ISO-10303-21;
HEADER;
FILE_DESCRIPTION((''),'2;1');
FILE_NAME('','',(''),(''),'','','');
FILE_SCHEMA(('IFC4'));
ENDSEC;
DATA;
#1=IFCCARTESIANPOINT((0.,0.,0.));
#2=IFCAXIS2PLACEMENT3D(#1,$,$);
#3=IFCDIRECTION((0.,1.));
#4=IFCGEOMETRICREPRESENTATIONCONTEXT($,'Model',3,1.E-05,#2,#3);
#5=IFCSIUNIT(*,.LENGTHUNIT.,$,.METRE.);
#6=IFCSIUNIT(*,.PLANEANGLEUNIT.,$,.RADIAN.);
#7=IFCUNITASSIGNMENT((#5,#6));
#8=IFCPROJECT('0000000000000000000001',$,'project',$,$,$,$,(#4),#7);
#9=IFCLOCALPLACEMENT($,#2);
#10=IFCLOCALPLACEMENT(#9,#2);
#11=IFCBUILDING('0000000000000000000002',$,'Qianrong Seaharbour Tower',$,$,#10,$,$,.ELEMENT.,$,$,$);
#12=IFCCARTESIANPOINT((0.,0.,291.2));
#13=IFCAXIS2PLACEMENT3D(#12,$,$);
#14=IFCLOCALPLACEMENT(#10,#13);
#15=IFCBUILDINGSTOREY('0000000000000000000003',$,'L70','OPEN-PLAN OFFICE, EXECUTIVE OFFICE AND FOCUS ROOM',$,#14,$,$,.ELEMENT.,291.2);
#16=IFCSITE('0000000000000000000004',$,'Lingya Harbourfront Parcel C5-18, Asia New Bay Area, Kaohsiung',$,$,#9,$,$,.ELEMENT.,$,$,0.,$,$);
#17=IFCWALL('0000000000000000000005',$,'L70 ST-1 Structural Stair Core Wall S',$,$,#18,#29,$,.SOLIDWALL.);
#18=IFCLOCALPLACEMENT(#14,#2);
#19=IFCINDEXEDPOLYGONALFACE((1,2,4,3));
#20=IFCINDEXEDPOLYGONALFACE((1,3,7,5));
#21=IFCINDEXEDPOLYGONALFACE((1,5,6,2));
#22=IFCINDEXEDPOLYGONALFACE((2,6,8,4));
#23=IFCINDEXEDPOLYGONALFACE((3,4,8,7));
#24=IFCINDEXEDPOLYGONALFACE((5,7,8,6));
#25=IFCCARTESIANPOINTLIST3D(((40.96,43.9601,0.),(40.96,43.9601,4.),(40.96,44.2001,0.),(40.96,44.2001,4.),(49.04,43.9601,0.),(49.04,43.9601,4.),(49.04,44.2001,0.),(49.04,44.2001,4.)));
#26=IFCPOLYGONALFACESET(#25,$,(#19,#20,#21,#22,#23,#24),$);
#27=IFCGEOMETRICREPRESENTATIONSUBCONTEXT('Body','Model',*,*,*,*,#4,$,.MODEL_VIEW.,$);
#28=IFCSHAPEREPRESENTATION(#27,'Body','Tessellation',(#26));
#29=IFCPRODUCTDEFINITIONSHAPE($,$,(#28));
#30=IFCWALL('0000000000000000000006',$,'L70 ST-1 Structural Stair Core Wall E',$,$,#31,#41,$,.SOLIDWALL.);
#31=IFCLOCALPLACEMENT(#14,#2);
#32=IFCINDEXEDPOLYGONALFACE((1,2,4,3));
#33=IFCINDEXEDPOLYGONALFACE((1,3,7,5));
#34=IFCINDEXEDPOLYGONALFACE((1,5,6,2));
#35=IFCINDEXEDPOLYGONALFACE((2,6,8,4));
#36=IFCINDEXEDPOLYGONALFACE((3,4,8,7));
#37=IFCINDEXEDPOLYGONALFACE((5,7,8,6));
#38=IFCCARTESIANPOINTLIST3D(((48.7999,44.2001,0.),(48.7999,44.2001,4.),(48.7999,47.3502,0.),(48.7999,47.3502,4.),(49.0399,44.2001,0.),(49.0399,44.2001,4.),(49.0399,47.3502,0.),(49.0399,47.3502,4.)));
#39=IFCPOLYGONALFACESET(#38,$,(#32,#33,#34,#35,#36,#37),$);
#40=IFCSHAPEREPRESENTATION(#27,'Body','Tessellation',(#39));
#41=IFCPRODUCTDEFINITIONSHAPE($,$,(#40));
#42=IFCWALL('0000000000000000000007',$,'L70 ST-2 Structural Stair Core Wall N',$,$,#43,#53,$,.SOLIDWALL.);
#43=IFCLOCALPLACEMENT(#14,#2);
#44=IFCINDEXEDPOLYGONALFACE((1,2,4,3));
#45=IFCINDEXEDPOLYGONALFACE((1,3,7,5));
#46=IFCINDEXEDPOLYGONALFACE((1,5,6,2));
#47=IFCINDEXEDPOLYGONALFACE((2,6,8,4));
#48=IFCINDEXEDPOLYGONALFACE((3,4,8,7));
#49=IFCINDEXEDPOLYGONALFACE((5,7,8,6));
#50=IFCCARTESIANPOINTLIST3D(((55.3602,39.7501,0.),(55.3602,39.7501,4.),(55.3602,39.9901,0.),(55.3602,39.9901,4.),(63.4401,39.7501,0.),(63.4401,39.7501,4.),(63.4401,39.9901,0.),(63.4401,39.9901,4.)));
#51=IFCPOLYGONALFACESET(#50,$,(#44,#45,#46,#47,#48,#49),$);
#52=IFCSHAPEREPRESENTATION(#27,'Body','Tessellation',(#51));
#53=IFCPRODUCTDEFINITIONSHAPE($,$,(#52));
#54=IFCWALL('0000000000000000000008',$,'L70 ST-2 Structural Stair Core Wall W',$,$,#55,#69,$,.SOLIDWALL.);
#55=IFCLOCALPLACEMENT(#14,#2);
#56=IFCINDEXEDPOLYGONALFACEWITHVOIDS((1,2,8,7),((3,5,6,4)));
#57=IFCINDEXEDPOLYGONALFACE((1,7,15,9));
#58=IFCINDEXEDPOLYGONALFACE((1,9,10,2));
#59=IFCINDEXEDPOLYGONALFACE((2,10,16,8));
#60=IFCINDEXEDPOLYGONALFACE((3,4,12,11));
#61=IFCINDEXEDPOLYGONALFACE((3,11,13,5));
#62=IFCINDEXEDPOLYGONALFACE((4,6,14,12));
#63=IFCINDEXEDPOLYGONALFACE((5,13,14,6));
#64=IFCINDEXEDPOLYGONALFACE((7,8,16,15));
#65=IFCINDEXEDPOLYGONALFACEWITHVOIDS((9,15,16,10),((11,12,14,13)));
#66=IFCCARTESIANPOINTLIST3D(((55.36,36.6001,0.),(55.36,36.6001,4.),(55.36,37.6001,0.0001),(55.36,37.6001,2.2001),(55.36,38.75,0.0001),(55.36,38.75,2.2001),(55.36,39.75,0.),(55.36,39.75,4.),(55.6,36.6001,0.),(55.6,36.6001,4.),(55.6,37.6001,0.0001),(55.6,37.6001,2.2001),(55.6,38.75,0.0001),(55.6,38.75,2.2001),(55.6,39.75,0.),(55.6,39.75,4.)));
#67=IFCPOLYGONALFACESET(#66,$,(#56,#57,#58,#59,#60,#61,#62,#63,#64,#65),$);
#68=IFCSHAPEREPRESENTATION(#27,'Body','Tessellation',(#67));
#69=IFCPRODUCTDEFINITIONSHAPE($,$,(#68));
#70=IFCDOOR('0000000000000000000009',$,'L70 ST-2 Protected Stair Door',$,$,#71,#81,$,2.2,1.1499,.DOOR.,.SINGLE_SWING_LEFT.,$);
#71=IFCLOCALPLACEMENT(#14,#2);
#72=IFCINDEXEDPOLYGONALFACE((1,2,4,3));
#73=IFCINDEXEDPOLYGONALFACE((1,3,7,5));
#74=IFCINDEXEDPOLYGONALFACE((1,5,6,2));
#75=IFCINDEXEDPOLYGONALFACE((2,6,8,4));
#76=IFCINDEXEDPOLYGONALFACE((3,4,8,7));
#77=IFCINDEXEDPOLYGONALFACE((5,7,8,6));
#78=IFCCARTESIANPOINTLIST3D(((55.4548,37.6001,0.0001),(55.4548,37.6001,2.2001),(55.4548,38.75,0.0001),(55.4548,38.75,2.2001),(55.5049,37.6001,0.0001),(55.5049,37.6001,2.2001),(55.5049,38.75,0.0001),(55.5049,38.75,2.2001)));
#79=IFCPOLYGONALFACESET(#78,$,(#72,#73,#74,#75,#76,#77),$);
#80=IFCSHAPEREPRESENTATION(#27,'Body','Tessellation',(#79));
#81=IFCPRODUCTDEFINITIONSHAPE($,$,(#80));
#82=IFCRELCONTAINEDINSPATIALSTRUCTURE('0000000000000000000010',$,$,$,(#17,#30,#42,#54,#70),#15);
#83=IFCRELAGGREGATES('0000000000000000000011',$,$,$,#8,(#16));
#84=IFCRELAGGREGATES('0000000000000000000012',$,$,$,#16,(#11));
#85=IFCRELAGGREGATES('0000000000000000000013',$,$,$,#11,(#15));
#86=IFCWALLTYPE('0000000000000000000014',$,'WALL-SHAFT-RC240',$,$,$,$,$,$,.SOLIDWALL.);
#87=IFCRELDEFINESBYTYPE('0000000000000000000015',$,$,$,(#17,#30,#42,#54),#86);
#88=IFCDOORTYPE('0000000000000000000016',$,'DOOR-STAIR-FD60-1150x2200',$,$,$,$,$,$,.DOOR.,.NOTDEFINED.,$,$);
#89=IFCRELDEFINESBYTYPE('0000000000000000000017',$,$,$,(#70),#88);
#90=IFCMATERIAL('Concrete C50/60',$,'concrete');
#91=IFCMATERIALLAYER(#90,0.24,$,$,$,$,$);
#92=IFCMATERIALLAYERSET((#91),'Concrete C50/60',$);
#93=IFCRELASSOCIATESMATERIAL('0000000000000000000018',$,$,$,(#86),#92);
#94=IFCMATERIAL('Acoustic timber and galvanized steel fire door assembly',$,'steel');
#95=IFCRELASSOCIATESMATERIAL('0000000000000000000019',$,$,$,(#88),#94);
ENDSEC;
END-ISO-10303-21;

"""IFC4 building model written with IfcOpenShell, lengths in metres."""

from ifc_helpers import new_model, si_unit, direction, frame, frame_2d, origin, place, context, subcontext, project, spatial, rectangle, extrude, material, layer, layer_set, type_object, element, fill, save


model = new_model("IFC4")

# Units and contexts
model_context = context("Model", 3, precision=1e-05, world=origin(), true_north=direction((0.0, 1.0)))
body_context = subcontext(model_context, "Body", "Model", "MODEL_VIEW")
ifc_project = project(units=[si_unit("LENGTHUNIT", "METRE"), si_unit("PLANEANGLEUNIT", "RADIAN")], contexts=[model_context])

# Site, building, storey
site_placement = place(None, origin())
site = spatial("IfcSite", under=ifc_project, at=site_placement, Name="Lingya Harbourfront Parcel C5-18, Asia New Bay Area, Kaohsiung", CompositionType="ELEMENT", RefElevation=0.0)
building_placement = place(site_placement, origin())
building = spatial("IfcBuilding", under=site, at=building_placement, Name="Qianrong Seaharbour Tower", CompositionType="ELEMENT")
storey_placement = place(building_placement, frame((0.0, 0.0, 291.2)))
storey = spatial("IfcBuildingStorey", under=building, at=storey_placement, Name="L70", Description="OPEN-PLAN OFFICE, EXECUTIVE OFFICE AND FOCUS ROOM", CompositionType="ELEMENT", Elevation=291.2)

# Shared definitions
ifc_material_1 = material(Name="Concrete C50/60", Category="concrete")

# Shared definitions
ifc_material_2 = material(Name="Acoustic timber and galvanized steel fire door assembly", Category="steel")

# Walls
ifc_layer_1 = layer(ifc_material_1, 0.24)
ifc_layer_set_1 = layer_set([ifc_layer_1], Name="Concrete C50/60")
wall_type_1 = type_object("IfcWallType", Name="WALL-SHAFT-RC240", PredefinedType="SOLIDWALL", material=ifc_layer_set_1)
wall_1_placement = place(storey_placement, frame((49.04, 44.0801, 0.0), z_axis=(0.0, 0.0, 1.0), x_axis=(-1.0, 0.0, 0.0)))
element("IfcWall", 1, at=wall_1_placement, inside=storey, type_object=wall_type_1, Name="L70 ST-1 Structural Stair Core Wall S", PredefinedType="SOLIDWALL", context=body_context, shape_type="SweptSolid", body=[
    extrude(rectangle(XDim=8.0801, YDim=0.24, at=frame_2d((4.04, 0.0))), origin(), (0.0, 0.0, 1.0), 4.0),
])
wall_2_placement = place(storey_placement, frame((48.9199, 44.2, 0.0), z_axis=(0.0, 0.0, 1.0), x_axis=(0.0, 1.0, 0.0)))
element("IfcWall", 2, at=wall_2_placement, inside=storey, type_object=wall_type_1, Name="L70 ST-1 Structural Stair Core Wall E", PredefinedType="SOLIDWALL", context=body_context, shape_type="SweptSolid", body=[
    extrude(rectangle(XDim=3.1501, YDim=0.24, at=frame_2d((1.5752, 0.0))), origin(), (0.0, 0.0, 1.0), 4.0),
])
wall_3_placement = place(storey_placement, frame((55.3601, 39.8701, 0.0), z_axis=(0.0, 0.0, 1.0), x_axis=(1.0, 0.0, 0.0)))
element("IfcWall", 3, at=wall_3_placement, inside=storey, type_object=wall_type_1, Name="L70 ST-2 Structural Stair Core Wall N", PredefinedType="SOLIDWALL", context=body_context, shape_type="SweptSolid", body=[
    extrude(rectangle(XDim=8.0798, YDim=0.24, at=frame_2d((4.04, 0.0))), origin(), (0.0, 0.0, 1.0), 4.0),
])

# Wall, opening, door
wall_4_placement = place(storey_placement, frame((55.48, 39.75, 0.0), z_axis=(0.0, 0.0, 1.0), x_axis=(0.0, -1.0, 0.0)))
wall_4 = element("IfcWall", 4, at=wall_4_placement, inside=storey, type_object=wall_type_1, Name="L70 ST-2 Structural Stair Core Wall W", PredefinedType="SOLIDWALL", context=body_context, shape_type="SweptSolid", body=[
    extrude(rectangle(XDim=3.1499, YDim=0.24, at=frame_2d((1.575, 0.0))), origin(), (0.0, 0.0, 1.0), 4.0),
])
opening_1_placement = place(wall_4_placement, frame((1.0, 0.0, 0.0)))
opening_1 = element("IfcOpeningElement", 5, at=opening_1_placement, cuts=wall_4, PredefinedType="OPENING", context=body_context, shape_type="SweptSolid", body=[
    extrude(rectangle(XDim=1.1499, YDim=2.2, at=frame_2d((0.575, 1.1001))), frame((0.0, 0.1299, 0.0), z_axis=(0.0, -1.0, 0.0), x_axis=(1.0, 0.0, 0.0)), (0.0, 0.0, 1.0), 0.26),
])
door_type_1 = type_object("IfcDoorType", Name="DOOR-STAIR-FD60-1150x2200", OperationType="NOTDEFINED", PredefinedType="DOOR", material=ifc_material_2)
door_1_placement = place(opening_1_placement, origin())
door_1 = element("IfcDoor", 6, at=door_1_placement, inside=storey, type_object=door_type_1, Name="L70 ST-2 Protected Stair Door", OperationType="SINGLE_SWING_LEFT", OverallHeight=2.2, OverallWidth=1.1499, PredefinedType="DOOR", context=body_context, shape_type="SweptSolid", body=[
    extrude(rectangle(XDim=1.1499, YDim=2.2, at=frame_2d((0.575, 1.1001))), frame((0.0, 0.0249, 0.0), z_axis=(0.0, -1.0, 0.0), x_axis=(1.0, 0.0, 0.0)), (0.0, 0.0, 1.0), 0.05),
])
fill(opening_1, door_1)

save(model, "model.ifc")
